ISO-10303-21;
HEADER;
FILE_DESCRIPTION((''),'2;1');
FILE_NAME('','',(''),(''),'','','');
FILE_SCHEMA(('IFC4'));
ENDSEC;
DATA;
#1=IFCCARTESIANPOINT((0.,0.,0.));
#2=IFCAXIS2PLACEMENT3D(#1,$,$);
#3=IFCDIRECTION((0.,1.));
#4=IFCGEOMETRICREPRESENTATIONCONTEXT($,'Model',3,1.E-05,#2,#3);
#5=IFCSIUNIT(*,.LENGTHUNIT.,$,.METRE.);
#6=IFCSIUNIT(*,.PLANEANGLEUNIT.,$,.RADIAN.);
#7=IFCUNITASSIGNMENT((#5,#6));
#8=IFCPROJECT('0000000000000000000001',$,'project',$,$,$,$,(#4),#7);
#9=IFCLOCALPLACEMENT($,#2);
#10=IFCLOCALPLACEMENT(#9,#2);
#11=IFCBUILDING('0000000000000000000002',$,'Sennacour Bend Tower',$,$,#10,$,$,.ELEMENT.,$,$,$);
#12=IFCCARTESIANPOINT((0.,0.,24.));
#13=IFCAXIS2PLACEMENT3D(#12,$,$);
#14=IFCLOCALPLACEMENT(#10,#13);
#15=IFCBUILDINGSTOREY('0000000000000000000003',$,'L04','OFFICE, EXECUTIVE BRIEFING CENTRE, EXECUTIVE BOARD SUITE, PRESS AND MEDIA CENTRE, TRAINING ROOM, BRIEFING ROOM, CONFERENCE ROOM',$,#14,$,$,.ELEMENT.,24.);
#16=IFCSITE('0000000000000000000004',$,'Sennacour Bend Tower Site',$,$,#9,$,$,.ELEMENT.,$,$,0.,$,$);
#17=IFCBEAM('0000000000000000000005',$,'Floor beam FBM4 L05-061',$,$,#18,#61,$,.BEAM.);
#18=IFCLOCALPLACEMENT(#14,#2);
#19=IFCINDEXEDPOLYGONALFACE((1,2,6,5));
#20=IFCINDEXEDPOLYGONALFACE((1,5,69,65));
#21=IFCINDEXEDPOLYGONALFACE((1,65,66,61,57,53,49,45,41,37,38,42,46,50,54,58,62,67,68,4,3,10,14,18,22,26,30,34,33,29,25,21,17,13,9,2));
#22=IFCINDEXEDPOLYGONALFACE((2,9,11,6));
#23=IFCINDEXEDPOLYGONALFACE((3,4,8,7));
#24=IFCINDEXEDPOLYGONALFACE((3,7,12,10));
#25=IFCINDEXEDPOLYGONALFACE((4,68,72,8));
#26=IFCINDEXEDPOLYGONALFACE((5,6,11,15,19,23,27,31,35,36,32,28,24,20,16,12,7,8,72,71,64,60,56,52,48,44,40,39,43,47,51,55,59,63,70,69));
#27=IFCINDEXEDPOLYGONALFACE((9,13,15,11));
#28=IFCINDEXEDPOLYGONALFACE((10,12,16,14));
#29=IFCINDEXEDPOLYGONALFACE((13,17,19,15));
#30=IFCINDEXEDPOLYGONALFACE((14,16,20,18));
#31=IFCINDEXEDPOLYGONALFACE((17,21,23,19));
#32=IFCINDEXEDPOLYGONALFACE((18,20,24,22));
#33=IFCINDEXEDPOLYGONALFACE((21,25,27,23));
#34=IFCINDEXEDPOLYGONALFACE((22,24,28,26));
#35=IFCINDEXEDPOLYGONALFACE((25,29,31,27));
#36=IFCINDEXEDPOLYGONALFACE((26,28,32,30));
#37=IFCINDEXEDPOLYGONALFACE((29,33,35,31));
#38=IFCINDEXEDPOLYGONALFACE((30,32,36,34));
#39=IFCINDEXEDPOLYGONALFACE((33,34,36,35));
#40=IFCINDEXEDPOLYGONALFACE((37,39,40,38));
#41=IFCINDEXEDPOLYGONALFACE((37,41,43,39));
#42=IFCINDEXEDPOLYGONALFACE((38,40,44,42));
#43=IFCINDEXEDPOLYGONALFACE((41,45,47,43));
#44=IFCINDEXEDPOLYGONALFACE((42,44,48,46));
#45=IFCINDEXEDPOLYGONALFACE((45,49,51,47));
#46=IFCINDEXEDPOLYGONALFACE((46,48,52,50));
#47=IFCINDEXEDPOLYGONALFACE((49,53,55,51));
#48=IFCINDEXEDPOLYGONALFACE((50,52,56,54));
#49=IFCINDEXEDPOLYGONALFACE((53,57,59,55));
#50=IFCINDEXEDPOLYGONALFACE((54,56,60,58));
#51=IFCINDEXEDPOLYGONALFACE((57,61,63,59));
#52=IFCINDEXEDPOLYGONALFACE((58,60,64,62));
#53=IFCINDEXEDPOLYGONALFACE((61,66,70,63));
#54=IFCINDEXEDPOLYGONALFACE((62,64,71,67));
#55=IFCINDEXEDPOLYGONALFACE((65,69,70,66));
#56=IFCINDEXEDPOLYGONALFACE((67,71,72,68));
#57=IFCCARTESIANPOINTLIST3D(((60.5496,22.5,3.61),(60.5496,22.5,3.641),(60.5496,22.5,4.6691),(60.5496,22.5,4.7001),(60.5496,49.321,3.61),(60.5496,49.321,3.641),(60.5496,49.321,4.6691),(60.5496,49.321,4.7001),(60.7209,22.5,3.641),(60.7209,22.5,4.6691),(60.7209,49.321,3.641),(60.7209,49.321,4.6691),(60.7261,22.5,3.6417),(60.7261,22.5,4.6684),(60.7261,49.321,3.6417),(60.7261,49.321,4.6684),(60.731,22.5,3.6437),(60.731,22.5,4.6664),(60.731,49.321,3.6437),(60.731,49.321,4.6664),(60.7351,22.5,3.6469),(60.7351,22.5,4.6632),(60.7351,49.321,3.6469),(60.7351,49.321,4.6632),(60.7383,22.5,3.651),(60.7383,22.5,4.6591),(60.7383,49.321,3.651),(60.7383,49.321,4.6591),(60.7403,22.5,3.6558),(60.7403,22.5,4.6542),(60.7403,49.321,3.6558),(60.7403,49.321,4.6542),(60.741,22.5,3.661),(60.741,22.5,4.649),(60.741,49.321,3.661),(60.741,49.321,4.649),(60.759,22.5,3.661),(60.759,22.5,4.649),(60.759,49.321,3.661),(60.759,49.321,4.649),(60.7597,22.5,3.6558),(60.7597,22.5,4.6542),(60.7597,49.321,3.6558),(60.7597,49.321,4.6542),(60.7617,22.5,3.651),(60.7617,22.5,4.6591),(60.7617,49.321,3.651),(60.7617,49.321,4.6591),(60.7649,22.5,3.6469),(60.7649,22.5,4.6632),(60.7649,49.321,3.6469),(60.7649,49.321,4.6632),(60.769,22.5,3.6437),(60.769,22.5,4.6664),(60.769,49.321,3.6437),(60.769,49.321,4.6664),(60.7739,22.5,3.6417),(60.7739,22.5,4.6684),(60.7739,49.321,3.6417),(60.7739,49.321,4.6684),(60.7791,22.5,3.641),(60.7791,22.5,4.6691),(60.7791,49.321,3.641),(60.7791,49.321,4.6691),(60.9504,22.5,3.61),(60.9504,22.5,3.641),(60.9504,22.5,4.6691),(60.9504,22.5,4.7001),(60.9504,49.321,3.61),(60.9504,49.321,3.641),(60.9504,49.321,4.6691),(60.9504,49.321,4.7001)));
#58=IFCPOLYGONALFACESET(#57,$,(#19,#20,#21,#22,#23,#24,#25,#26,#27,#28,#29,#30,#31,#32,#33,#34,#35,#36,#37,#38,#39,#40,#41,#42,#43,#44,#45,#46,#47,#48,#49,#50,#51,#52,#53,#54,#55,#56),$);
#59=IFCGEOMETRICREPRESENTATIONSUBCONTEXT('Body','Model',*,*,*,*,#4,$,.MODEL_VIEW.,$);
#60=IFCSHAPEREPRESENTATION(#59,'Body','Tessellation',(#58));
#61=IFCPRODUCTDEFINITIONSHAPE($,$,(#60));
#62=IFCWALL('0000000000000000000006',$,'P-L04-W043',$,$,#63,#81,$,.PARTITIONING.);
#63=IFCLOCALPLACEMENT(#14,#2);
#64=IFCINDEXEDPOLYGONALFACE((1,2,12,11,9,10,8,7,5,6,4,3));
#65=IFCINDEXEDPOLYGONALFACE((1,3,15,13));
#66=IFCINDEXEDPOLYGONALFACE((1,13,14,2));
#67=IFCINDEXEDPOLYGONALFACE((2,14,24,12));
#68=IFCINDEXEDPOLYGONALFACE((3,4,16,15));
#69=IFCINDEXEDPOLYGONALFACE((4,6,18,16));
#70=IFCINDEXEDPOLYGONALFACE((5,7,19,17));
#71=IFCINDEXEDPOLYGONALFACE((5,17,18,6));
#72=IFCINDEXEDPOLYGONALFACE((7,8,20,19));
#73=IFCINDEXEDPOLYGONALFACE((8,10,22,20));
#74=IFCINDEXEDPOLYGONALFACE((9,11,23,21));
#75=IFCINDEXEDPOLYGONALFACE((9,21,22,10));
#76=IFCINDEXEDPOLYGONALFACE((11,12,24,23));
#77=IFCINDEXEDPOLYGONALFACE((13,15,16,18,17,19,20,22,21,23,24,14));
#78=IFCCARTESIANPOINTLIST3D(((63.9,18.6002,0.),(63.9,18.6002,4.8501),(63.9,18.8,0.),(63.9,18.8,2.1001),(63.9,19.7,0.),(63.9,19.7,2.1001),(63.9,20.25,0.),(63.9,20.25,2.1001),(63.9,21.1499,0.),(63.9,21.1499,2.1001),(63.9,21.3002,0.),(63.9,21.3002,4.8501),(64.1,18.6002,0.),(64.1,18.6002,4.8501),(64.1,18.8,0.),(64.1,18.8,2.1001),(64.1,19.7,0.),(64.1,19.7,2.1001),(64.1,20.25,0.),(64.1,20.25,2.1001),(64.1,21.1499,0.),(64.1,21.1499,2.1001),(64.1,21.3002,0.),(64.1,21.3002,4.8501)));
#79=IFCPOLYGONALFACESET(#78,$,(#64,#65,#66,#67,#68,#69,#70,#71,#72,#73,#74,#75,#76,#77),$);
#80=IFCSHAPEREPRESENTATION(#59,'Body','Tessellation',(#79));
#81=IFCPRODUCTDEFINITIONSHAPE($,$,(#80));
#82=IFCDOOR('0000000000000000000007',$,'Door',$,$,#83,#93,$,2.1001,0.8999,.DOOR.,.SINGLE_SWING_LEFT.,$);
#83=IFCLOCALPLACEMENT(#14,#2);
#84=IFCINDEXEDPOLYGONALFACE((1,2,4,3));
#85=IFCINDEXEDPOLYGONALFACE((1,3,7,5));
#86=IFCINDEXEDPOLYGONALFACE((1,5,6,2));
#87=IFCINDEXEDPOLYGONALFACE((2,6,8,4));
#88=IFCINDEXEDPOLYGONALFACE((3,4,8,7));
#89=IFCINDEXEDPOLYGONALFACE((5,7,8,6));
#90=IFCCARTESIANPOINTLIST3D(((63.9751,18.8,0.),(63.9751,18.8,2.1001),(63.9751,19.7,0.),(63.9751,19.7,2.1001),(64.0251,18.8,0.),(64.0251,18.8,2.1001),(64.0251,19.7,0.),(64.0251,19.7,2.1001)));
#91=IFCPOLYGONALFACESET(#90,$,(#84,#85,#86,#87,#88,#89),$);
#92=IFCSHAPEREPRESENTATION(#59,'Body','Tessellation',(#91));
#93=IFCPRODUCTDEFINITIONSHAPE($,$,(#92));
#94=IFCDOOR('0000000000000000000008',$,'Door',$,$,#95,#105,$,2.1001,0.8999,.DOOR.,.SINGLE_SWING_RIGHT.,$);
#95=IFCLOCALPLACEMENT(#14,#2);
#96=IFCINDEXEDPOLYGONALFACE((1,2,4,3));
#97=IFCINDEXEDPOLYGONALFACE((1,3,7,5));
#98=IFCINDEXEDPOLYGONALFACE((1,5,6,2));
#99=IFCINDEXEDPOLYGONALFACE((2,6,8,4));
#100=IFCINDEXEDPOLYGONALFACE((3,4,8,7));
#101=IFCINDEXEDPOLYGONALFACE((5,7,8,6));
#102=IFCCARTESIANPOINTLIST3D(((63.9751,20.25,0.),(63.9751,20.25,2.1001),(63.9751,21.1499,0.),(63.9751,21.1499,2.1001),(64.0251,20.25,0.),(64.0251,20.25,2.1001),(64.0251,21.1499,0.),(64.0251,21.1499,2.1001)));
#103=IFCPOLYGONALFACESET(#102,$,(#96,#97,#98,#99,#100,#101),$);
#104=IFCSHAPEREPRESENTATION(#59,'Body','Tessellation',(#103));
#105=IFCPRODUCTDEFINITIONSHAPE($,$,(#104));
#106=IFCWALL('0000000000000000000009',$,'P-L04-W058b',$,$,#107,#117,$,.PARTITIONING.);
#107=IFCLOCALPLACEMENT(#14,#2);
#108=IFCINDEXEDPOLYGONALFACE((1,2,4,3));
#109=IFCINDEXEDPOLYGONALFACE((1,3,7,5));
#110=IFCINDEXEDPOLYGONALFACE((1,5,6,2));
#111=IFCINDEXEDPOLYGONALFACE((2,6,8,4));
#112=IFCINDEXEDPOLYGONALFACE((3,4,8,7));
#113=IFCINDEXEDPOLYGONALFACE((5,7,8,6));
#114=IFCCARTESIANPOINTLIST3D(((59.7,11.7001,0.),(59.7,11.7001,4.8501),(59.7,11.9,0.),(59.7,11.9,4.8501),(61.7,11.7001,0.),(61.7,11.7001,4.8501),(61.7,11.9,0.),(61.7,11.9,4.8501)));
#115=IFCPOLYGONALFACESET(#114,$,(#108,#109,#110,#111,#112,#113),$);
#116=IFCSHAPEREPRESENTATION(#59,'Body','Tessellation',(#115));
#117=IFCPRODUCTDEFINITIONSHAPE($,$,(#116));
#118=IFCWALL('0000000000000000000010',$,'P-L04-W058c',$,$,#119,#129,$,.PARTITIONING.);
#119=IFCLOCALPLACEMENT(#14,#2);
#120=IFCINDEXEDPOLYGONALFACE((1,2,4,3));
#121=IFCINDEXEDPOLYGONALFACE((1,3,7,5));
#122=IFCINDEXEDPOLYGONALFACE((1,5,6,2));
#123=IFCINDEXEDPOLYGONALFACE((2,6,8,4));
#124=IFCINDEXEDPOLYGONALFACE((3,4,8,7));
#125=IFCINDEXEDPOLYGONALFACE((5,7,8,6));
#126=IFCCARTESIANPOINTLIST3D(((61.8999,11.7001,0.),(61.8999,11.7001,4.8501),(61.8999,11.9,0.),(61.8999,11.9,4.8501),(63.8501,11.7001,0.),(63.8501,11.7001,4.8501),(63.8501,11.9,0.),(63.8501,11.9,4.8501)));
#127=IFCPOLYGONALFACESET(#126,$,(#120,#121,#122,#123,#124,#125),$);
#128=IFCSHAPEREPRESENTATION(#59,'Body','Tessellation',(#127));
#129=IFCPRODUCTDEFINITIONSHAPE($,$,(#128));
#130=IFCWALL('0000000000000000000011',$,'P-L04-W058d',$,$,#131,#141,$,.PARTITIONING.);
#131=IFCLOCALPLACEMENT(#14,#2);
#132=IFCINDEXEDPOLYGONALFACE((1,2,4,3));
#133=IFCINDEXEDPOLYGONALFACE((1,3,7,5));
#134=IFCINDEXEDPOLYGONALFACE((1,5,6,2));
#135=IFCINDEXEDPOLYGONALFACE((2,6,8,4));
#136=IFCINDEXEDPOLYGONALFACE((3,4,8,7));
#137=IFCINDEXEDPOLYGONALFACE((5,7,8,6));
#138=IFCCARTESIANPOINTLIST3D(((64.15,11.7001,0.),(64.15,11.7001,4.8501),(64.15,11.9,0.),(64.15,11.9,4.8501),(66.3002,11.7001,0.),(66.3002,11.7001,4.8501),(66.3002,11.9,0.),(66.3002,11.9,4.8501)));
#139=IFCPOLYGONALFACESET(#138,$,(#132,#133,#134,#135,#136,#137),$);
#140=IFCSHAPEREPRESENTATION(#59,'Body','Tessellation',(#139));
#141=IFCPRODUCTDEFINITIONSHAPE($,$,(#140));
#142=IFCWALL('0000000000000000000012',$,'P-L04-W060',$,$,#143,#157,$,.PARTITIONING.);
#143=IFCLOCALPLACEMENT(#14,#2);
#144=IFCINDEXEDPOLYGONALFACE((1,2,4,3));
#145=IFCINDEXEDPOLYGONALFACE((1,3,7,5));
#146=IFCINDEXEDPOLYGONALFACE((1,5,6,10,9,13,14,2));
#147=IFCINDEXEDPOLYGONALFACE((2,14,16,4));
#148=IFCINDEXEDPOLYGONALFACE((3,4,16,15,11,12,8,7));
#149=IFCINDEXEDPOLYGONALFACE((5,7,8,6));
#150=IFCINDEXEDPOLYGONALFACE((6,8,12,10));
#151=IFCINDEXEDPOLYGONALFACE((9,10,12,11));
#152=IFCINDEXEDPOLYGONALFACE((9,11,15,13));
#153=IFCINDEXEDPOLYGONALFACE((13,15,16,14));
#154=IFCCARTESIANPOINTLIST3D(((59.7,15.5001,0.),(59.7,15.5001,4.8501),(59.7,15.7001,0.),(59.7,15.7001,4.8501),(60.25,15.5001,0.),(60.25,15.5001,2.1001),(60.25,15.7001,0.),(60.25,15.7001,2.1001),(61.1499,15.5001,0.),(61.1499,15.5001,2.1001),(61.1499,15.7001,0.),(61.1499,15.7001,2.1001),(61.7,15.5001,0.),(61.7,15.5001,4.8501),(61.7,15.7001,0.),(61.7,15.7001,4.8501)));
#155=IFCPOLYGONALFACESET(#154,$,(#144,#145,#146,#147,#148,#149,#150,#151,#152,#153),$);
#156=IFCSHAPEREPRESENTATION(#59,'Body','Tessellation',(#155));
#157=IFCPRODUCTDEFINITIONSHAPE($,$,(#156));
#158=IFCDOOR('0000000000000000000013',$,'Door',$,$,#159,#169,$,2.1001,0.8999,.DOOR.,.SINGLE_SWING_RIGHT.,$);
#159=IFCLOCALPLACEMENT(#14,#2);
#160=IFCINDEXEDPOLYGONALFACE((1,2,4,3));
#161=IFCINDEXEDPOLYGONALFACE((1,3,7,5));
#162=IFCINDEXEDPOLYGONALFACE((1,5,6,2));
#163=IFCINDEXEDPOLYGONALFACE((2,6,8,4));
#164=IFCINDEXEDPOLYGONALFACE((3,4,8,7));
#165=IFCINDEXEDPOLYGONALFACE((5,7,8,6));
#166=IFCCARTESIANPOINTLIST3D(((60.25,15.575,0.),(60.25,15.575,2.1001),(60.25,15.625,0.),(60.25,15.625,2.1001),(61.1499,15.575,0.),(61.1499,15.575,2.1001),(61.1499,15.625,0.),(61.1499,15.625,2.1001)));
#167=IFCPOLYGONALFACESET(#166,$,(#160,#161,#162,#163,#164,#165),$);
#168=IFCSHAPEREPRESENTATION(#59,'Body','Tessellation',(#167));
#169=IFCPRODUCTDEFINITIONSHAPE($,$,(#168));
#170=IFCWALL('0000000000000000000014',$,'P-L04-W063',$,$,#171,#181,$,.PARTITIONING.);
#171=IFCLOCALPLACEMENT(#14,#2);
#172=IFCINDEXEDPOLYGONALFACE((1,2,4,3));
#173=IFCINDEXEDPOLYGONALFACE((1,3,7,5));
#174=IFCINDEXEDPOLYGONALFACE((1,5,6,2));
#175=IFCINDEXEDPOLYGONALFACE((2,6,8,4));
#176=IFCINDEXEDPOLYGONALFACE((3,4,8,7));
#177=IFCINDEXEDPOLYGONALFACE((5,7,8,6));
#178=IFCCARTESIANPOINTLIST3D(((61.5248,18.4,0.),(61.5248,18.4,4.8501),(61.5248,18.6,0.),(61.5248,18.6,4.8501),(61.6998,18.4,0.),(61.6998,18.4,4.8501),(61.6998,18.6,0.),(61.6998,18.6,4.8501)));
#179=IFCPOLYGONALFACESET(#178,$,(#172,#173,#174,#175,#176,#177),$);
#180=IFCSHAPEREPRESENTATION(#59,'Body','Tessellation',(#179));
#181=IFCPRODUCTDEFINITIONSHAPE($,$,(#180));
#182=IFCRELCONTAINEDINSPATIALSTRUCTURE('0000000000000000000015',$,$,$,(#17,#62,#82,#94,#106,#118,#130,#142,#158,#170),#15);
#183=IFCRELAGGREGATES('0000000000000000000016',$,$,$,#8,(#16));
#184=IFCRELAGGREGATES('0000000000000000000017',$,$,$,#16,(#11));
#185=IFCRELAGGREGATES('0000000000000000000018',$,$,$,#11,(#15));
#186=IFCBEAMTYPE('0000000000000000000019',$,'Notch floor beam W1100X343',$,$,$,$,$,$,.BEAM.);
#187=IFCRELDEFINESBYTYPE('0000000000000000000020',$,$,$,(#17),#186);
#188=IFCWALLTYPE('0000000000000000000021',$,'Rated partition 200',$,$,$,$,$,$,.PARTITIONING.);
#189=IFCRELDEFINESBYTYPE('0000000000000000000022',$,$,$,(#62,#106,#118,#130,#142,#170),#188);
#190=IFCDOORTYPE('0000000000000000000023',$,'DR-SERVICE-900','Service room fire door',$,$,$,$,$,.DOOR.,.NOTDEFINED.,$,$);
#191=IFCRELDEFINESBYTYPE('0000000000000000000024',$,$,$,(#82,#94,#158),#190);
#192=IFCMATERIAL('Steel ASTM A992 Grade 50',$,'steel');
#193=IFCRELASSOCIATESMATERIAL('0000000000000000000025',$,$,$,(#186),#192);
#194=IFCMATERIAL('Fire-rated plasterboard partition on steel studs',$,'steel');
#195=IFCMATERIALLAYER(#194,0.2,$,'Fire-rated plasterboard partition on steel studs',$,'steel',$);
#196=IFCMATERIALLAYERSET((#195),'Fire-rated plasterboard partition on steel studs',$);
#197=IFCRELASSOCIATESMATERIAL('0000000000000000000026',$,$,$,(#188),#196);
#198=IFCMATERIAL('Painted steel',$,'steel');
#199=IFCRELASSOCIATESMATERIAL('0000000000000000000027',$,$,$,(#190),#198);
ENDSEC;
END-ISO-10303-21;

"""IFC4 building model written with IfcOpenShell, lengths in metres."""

from ifc_helpers import new_model, si_unit, direction, frame, frame_2d, origin, origin_2d, place, context, subcontext, project, spatial, rectangle, i_section, extrude, material, layer, layer_set, material_profile, profile_set, type_object, element, fill, save


model = new_model("IFC4")

# Units and contexts
model_context = context("Model", 3, precision=1e-05, world=origin(), true_north=direction((0.0, 1.0)))
body_context = subcontext(model_context, "Body", "Model", "MODEL_VIEW")
ifc_project = project(units=[si_unit("LENGTHUNIT", "METRE"), si_unit("PLANEANGLEUNIT", "RADIAN")], contexts=[model_context])

# Site, building, storey
site_placement = place(None, origin())
site = spatial("IfcSite", under=ifc_project, at=site_placement, Name="Sennacour Bend Tower Site", CompositionType="ELEMENT", RefElevation=0.0)
building_placement = place(site_placement, origin())
building = spatial("IfcBuilding", under=site, at=building_placement, Name="Sennacour Bend Tower", CompositionType="ELEMENT")
storey_placement = place(building_placement, frame((0.0, 0.0, 24.0)))
storey = spatial("IfcBuildingStorey", under=building, at=storey_placement, Name="L04", Description="OFFICE, EXECUTIVE BRIEFING CENTRE, EXECUTIVE BOARD SUITE, PRESS AND MEDIA CENTRE, TRAINING ROOM, BRIEFING ROOM, CONFERENCE ROOM", CompositionType="ELEMENT", Elevation=24.0)

# Beam
ifc_material_1 = material(Name="Steel ASTM A992 Grade 50", Category="steel")
ifc_material_profile = material_profile(ifc_material_1, i_section(OverallWidth=0.4009, OverallDepth=1.0901, WebThickness=0.0181, FlangeThickness=0.031, FilletRadius=0.02, at=origin_2d()), Name="Steel ASTM A992 Grade 50", Category="steel")
ifc_profile_set = profile_set([ifc_material_profile], Name="Steel ASTM A992 Grade 50")
beam_type = type_object("IfcBeamType", Name="Notch floor beam W1100X343", PredefinedType="BEAM", material=ifc_profile_set)
beam_placement = place(storey_placement, frame((60.75, 22.5, 4.155), z_axis=(0.0, 1.0, 0.0), x_axis=(-1.0, 0.0, 0.0)))
element("IfcBeam", 1, at=beam_placement, inside=storey, type_object=beam_type, Name="Floor beam FBM4 L05-061", PredefinedType="BEAM", context=body_context, shape_type="SweptSolid", body=[
    extrude(i_section(OverallWidth=0.4009, OverallDepth=1.0901, WebThickness=0.0181, FlangeThickness=0.031, FilletRadius=0.02, at=origin_2d()), origin(), (0.0, 0.0, 1.0), 26.821),
])

# Wall, openings, doors
ifc_material_2 = material(Name="Fire-rated plasterboard partition on steel studs", Category="steel")
ifc_layer_1 = layer(ifc_material_2, 0.2, Name="Fire-rated plasterboard partition on steel studs", Category="steel")
ifc_layer_set_1 = layer_set([ifc_layer_1], Name="Fire-rated plasterboard partition on steel studs")
wall_type_1 = type_object("IfcWallType", Name="Rated partition 200", PredefinedType="PARTITIONING", material=ifc_layer_set_1)
wall_1_placement = place(storey_placement, frame((64.0, 18.6001, 0.0), z_axis=(0.0, 0.0, 1.0), x_axis=(0.0, 1.0, 0.0)))
wall_1 = element("IfcWall", 2, at=wall_1_placement, inside=storey, type_object=wall_type_1, Name="P-L04-W043", PredefinedType="PARTITIONING", context=body_context, shape_type="SweptSolid", body=[
    extrude(rectangle(XDim=2.7, YDim=0.2, at=frame_2d((1.3501, 0.0))), origin(), (0.0, 0.0, 1.0), 4.8501),
])
opening_1_placement = place(wall_1_placement, frame((0.2, 0.0, 0.0)))
opening_1 = element("IfcOpeningElement", 3, at=opening_1_placement, cuts=wall_1, PredefinedType="OPENING", context=body_context, shape_type="SweptSolid", body=[
    extrude(rectangle(XDim=0.8999, YDim=2.1001, at=frame_2d((0.45, 1.05))), frame((0.0, 0.1099, 0.0), z_axis=(0.0, -1.0, 0.0), x_axis=(1.0, 0.0, 0.0)), (0.0, 0.0, 1.0), 0.22),
])
opening_2_placement = place(wall_1_placement, frame((1.6499, 0.0, 0.0)))
opening_2 = element("IfcOpeningElement", 4, at=opening_2_placement, cuts=wall_1, PredefinedType="OPENING", context=body_context, shape_type="SweptSolid", body=[
    extrude(rectangle(XDim=0.8999, YDim=2.1001, at=frame_2d((0.45, 1.05))), frame((0.0, 0.1099, 0.0), z_axis=(0.0, -1.0, 0.0), x_axis=(1.0, 0.0, 0.0)), (0.0, 0.0, 1.0), 0.22),
])
ifc_material_3 = material(Name="Painted steel", Category="steel")
door_type_1 = type_object("IfcDoorType", Name="DR-SERVICE-900", Description="Service room fire door", OperationType="NOTDEFINED", PredefinedType="DOOR", material=ifc_material_3)
door_1_placement = place(opening_1_placement, origin())
door_1 = element("IfcDoor", 5, at=door_1_placement, inside=storey, type_object=door_type_1, Name="Door", OperationType="SINGLE_SWING_LEFT", OverallHeight=2.1001, OverallWidth=0.8999, PredefinedType="DOOR", context=body_context, shape_type="SweptSolid", body=[
    extrude(rectangle(XDim=0.8999, YDim=2.1001, at=frame_2d((0.45, 1.05))), frame((0.0, 0.0249, 0.0), z_axis=(0.0, -1.0, 0.0), x_axis=(1.0, 0.0, 0.0)), (0.0, 0.0, 1.0), 0.05),
])
fill(opening_1, door_1)
door_2_placement = place(opening_2_placement, origin())
door_2 = element("IfcDoor", 6, at=door_2_placement, inside=storey, type_object=door_type_1, Name="Door", OperationType="SINGLE_SWING_RIGHT", OverallHeight=2.1001, OverallWidth=0.8999, PredefinedType="DOOR", context=body_context, shape_type="SweptSolid", body=[
    extrude(rectangle(XDim=0.8999, YDim=2.1001, at=frame_2d((0.45, 1.05))), frame((0.0, 0.0249, 0.0), z_axis=(0.0, -1.0, 0.0), x_axis=(1.0, 0.0, 0.0)), (0.0, 0.0, 1.0), 0.05),
])
fill(opening_2, door_2)

# Walls
wall_2_placement = place(storey_placement, frame((59.7, 11.8, 0.0), z_axis=(0.0, 0.0, 1.0), x_axis=(1.0, 0.0, 0.0)))
element("IfcWall", 7, at=wall_2_placement, inside=storey, type_object=wall_type_1, Name="P-L04-W058b", PredefinedType="PARTITIONING", context=body_context, shape_type="SweptSolid", body=[
    extrude(rectangle(XDim=2.0, YDim=0.2, at=frame_2d((1.0, 0.0))), origin(), (0.0, 0.0, 1.0), 4.8501),
])
wall_3_placement = place(storey_placement, frame((61.8999, 11.8, 0.0), z_axis=(0.0, 0.0, 1.0), x_axis=(1.0, 0.0, 0.0)))
element("IfcWall", 8, at=wall_3_placement, inside=storey, type_object=wall_type_1, Name="P-L04-W058c", PredefinedType="PARTITIONING", context=body_context, shape_type="SweptSolid", body=[
    extrude(rectangle(XDim=1.9502, YDim=0.2, at=frame_2d((0.9751, 0.0))), origin(), (0.0, 0.0, 1.0), 4.8501),
])
wall_4_placement = place(storey_placement, frame((64.1499, 11.8, 0.0), z_axis=(0.0, 0.0, 1.0), x_axis=(1.0, 0.0, 0.0)))
element("IfcWall", 9, at=wall_4_placement, inside=storey, type_object=wall_type_1, Name="P-L04-W058d", PredefinedType="PARTITIONING", context=body_context, shape_type="SweptSolid", body=[
    extrude(rectangle(XDim=2.1501, YDim=0.2, at=frame_2d((1.0752, 0.0))), origin(), (0.0, 0.0, 1.0), 4.8501),
])

# Wall, opening, door
wall_5_placement = place(storey_placement, frame((59.7, 15.6001, 0.0), z_axis=(0.0, 0.0, 1.0), x_axis=(1.0, 0.0, 0.0)))
wall_5 = element("IfcWall", 10, at=wall_5_placement, inside=storey, type_object=wall_type_1, Name="P-L04-W060", PredefinedType="PARTITIONING", context=body_context, shape_type="SweptSolid", body=[
    extrude(rectangle(XDim=2.0, YDim=0.2, at=frame_2d((1.0, 0.0))), origin(), (0.0, 0.0, 1.0), 4.8501),
])
opening_3_placement = place(wall_5_placement, frame((0.55, 0.0, 0.0)))
opening_3 = element("IfcOpeningElement", 11, at=opening_3_placement, cuts=wall_5, PredefinedType="OPENING", context=body_context, shape_type="SweptSolid", body=[
    extrude(rectangle(XDim=0.8999, YDim=2.1001, at=frame_2d((0.45, 1.05))), frame((0.0, 0.1099, 0.0), z_axis=(0.0, -1.0, 0.0), x_axis=(1.0, 0.0, 0.0)), (0.0, 0.0, 1.0), 0.22),
])
door_3_placement = place(opening_3_placement, origin())
door_3 = element("IfcDoor", 12, at=door_3_placement, inside=storey, type_object=door_type_1, Name="Door", OperationType="SINGLE_SWING_RIGHT", OverallHeight=2.1001, OverallWidth=0.8999, PredefinedType="DOOR", context=body_context, shape_type="SweptSolid", body=[
    extrude(rectangle(XDim=0.8999, YDim=2.1001, at=frame_2d((0.45, 1.05))), frame((0.0, 0.0249, 0.0), z_axis=(0.0, -1.0, 0.0), x_axis=(1.0, 0.0, 0.0)), (0.0, 0.0, 1.0), 0.05),
])
fill(opening_3, door_3)

# Wall
wall_6_placement = place(storey_placement, frame((61.5249, 18.5, 0.0), z_axis=(0.0, 0.0, 1.0), x_axis=(1.0, 0.0, 0.0)))
element("IfcWall", 13, at=wall_6_placement, inside=storey, type_object=wall_type_1, Name="P-L04-W063", PredefinedType="PARTITIONING", context=body_context, shape_type="SweptSolid", body=[
    extrude(rectangle(XDim=0.175, YDim=0.2, at=frame_2d((0.0874, 0.0))), origin(), (0.0, 0.0, 1.0), 4.8501),
])

save(model, "model.ifc")
